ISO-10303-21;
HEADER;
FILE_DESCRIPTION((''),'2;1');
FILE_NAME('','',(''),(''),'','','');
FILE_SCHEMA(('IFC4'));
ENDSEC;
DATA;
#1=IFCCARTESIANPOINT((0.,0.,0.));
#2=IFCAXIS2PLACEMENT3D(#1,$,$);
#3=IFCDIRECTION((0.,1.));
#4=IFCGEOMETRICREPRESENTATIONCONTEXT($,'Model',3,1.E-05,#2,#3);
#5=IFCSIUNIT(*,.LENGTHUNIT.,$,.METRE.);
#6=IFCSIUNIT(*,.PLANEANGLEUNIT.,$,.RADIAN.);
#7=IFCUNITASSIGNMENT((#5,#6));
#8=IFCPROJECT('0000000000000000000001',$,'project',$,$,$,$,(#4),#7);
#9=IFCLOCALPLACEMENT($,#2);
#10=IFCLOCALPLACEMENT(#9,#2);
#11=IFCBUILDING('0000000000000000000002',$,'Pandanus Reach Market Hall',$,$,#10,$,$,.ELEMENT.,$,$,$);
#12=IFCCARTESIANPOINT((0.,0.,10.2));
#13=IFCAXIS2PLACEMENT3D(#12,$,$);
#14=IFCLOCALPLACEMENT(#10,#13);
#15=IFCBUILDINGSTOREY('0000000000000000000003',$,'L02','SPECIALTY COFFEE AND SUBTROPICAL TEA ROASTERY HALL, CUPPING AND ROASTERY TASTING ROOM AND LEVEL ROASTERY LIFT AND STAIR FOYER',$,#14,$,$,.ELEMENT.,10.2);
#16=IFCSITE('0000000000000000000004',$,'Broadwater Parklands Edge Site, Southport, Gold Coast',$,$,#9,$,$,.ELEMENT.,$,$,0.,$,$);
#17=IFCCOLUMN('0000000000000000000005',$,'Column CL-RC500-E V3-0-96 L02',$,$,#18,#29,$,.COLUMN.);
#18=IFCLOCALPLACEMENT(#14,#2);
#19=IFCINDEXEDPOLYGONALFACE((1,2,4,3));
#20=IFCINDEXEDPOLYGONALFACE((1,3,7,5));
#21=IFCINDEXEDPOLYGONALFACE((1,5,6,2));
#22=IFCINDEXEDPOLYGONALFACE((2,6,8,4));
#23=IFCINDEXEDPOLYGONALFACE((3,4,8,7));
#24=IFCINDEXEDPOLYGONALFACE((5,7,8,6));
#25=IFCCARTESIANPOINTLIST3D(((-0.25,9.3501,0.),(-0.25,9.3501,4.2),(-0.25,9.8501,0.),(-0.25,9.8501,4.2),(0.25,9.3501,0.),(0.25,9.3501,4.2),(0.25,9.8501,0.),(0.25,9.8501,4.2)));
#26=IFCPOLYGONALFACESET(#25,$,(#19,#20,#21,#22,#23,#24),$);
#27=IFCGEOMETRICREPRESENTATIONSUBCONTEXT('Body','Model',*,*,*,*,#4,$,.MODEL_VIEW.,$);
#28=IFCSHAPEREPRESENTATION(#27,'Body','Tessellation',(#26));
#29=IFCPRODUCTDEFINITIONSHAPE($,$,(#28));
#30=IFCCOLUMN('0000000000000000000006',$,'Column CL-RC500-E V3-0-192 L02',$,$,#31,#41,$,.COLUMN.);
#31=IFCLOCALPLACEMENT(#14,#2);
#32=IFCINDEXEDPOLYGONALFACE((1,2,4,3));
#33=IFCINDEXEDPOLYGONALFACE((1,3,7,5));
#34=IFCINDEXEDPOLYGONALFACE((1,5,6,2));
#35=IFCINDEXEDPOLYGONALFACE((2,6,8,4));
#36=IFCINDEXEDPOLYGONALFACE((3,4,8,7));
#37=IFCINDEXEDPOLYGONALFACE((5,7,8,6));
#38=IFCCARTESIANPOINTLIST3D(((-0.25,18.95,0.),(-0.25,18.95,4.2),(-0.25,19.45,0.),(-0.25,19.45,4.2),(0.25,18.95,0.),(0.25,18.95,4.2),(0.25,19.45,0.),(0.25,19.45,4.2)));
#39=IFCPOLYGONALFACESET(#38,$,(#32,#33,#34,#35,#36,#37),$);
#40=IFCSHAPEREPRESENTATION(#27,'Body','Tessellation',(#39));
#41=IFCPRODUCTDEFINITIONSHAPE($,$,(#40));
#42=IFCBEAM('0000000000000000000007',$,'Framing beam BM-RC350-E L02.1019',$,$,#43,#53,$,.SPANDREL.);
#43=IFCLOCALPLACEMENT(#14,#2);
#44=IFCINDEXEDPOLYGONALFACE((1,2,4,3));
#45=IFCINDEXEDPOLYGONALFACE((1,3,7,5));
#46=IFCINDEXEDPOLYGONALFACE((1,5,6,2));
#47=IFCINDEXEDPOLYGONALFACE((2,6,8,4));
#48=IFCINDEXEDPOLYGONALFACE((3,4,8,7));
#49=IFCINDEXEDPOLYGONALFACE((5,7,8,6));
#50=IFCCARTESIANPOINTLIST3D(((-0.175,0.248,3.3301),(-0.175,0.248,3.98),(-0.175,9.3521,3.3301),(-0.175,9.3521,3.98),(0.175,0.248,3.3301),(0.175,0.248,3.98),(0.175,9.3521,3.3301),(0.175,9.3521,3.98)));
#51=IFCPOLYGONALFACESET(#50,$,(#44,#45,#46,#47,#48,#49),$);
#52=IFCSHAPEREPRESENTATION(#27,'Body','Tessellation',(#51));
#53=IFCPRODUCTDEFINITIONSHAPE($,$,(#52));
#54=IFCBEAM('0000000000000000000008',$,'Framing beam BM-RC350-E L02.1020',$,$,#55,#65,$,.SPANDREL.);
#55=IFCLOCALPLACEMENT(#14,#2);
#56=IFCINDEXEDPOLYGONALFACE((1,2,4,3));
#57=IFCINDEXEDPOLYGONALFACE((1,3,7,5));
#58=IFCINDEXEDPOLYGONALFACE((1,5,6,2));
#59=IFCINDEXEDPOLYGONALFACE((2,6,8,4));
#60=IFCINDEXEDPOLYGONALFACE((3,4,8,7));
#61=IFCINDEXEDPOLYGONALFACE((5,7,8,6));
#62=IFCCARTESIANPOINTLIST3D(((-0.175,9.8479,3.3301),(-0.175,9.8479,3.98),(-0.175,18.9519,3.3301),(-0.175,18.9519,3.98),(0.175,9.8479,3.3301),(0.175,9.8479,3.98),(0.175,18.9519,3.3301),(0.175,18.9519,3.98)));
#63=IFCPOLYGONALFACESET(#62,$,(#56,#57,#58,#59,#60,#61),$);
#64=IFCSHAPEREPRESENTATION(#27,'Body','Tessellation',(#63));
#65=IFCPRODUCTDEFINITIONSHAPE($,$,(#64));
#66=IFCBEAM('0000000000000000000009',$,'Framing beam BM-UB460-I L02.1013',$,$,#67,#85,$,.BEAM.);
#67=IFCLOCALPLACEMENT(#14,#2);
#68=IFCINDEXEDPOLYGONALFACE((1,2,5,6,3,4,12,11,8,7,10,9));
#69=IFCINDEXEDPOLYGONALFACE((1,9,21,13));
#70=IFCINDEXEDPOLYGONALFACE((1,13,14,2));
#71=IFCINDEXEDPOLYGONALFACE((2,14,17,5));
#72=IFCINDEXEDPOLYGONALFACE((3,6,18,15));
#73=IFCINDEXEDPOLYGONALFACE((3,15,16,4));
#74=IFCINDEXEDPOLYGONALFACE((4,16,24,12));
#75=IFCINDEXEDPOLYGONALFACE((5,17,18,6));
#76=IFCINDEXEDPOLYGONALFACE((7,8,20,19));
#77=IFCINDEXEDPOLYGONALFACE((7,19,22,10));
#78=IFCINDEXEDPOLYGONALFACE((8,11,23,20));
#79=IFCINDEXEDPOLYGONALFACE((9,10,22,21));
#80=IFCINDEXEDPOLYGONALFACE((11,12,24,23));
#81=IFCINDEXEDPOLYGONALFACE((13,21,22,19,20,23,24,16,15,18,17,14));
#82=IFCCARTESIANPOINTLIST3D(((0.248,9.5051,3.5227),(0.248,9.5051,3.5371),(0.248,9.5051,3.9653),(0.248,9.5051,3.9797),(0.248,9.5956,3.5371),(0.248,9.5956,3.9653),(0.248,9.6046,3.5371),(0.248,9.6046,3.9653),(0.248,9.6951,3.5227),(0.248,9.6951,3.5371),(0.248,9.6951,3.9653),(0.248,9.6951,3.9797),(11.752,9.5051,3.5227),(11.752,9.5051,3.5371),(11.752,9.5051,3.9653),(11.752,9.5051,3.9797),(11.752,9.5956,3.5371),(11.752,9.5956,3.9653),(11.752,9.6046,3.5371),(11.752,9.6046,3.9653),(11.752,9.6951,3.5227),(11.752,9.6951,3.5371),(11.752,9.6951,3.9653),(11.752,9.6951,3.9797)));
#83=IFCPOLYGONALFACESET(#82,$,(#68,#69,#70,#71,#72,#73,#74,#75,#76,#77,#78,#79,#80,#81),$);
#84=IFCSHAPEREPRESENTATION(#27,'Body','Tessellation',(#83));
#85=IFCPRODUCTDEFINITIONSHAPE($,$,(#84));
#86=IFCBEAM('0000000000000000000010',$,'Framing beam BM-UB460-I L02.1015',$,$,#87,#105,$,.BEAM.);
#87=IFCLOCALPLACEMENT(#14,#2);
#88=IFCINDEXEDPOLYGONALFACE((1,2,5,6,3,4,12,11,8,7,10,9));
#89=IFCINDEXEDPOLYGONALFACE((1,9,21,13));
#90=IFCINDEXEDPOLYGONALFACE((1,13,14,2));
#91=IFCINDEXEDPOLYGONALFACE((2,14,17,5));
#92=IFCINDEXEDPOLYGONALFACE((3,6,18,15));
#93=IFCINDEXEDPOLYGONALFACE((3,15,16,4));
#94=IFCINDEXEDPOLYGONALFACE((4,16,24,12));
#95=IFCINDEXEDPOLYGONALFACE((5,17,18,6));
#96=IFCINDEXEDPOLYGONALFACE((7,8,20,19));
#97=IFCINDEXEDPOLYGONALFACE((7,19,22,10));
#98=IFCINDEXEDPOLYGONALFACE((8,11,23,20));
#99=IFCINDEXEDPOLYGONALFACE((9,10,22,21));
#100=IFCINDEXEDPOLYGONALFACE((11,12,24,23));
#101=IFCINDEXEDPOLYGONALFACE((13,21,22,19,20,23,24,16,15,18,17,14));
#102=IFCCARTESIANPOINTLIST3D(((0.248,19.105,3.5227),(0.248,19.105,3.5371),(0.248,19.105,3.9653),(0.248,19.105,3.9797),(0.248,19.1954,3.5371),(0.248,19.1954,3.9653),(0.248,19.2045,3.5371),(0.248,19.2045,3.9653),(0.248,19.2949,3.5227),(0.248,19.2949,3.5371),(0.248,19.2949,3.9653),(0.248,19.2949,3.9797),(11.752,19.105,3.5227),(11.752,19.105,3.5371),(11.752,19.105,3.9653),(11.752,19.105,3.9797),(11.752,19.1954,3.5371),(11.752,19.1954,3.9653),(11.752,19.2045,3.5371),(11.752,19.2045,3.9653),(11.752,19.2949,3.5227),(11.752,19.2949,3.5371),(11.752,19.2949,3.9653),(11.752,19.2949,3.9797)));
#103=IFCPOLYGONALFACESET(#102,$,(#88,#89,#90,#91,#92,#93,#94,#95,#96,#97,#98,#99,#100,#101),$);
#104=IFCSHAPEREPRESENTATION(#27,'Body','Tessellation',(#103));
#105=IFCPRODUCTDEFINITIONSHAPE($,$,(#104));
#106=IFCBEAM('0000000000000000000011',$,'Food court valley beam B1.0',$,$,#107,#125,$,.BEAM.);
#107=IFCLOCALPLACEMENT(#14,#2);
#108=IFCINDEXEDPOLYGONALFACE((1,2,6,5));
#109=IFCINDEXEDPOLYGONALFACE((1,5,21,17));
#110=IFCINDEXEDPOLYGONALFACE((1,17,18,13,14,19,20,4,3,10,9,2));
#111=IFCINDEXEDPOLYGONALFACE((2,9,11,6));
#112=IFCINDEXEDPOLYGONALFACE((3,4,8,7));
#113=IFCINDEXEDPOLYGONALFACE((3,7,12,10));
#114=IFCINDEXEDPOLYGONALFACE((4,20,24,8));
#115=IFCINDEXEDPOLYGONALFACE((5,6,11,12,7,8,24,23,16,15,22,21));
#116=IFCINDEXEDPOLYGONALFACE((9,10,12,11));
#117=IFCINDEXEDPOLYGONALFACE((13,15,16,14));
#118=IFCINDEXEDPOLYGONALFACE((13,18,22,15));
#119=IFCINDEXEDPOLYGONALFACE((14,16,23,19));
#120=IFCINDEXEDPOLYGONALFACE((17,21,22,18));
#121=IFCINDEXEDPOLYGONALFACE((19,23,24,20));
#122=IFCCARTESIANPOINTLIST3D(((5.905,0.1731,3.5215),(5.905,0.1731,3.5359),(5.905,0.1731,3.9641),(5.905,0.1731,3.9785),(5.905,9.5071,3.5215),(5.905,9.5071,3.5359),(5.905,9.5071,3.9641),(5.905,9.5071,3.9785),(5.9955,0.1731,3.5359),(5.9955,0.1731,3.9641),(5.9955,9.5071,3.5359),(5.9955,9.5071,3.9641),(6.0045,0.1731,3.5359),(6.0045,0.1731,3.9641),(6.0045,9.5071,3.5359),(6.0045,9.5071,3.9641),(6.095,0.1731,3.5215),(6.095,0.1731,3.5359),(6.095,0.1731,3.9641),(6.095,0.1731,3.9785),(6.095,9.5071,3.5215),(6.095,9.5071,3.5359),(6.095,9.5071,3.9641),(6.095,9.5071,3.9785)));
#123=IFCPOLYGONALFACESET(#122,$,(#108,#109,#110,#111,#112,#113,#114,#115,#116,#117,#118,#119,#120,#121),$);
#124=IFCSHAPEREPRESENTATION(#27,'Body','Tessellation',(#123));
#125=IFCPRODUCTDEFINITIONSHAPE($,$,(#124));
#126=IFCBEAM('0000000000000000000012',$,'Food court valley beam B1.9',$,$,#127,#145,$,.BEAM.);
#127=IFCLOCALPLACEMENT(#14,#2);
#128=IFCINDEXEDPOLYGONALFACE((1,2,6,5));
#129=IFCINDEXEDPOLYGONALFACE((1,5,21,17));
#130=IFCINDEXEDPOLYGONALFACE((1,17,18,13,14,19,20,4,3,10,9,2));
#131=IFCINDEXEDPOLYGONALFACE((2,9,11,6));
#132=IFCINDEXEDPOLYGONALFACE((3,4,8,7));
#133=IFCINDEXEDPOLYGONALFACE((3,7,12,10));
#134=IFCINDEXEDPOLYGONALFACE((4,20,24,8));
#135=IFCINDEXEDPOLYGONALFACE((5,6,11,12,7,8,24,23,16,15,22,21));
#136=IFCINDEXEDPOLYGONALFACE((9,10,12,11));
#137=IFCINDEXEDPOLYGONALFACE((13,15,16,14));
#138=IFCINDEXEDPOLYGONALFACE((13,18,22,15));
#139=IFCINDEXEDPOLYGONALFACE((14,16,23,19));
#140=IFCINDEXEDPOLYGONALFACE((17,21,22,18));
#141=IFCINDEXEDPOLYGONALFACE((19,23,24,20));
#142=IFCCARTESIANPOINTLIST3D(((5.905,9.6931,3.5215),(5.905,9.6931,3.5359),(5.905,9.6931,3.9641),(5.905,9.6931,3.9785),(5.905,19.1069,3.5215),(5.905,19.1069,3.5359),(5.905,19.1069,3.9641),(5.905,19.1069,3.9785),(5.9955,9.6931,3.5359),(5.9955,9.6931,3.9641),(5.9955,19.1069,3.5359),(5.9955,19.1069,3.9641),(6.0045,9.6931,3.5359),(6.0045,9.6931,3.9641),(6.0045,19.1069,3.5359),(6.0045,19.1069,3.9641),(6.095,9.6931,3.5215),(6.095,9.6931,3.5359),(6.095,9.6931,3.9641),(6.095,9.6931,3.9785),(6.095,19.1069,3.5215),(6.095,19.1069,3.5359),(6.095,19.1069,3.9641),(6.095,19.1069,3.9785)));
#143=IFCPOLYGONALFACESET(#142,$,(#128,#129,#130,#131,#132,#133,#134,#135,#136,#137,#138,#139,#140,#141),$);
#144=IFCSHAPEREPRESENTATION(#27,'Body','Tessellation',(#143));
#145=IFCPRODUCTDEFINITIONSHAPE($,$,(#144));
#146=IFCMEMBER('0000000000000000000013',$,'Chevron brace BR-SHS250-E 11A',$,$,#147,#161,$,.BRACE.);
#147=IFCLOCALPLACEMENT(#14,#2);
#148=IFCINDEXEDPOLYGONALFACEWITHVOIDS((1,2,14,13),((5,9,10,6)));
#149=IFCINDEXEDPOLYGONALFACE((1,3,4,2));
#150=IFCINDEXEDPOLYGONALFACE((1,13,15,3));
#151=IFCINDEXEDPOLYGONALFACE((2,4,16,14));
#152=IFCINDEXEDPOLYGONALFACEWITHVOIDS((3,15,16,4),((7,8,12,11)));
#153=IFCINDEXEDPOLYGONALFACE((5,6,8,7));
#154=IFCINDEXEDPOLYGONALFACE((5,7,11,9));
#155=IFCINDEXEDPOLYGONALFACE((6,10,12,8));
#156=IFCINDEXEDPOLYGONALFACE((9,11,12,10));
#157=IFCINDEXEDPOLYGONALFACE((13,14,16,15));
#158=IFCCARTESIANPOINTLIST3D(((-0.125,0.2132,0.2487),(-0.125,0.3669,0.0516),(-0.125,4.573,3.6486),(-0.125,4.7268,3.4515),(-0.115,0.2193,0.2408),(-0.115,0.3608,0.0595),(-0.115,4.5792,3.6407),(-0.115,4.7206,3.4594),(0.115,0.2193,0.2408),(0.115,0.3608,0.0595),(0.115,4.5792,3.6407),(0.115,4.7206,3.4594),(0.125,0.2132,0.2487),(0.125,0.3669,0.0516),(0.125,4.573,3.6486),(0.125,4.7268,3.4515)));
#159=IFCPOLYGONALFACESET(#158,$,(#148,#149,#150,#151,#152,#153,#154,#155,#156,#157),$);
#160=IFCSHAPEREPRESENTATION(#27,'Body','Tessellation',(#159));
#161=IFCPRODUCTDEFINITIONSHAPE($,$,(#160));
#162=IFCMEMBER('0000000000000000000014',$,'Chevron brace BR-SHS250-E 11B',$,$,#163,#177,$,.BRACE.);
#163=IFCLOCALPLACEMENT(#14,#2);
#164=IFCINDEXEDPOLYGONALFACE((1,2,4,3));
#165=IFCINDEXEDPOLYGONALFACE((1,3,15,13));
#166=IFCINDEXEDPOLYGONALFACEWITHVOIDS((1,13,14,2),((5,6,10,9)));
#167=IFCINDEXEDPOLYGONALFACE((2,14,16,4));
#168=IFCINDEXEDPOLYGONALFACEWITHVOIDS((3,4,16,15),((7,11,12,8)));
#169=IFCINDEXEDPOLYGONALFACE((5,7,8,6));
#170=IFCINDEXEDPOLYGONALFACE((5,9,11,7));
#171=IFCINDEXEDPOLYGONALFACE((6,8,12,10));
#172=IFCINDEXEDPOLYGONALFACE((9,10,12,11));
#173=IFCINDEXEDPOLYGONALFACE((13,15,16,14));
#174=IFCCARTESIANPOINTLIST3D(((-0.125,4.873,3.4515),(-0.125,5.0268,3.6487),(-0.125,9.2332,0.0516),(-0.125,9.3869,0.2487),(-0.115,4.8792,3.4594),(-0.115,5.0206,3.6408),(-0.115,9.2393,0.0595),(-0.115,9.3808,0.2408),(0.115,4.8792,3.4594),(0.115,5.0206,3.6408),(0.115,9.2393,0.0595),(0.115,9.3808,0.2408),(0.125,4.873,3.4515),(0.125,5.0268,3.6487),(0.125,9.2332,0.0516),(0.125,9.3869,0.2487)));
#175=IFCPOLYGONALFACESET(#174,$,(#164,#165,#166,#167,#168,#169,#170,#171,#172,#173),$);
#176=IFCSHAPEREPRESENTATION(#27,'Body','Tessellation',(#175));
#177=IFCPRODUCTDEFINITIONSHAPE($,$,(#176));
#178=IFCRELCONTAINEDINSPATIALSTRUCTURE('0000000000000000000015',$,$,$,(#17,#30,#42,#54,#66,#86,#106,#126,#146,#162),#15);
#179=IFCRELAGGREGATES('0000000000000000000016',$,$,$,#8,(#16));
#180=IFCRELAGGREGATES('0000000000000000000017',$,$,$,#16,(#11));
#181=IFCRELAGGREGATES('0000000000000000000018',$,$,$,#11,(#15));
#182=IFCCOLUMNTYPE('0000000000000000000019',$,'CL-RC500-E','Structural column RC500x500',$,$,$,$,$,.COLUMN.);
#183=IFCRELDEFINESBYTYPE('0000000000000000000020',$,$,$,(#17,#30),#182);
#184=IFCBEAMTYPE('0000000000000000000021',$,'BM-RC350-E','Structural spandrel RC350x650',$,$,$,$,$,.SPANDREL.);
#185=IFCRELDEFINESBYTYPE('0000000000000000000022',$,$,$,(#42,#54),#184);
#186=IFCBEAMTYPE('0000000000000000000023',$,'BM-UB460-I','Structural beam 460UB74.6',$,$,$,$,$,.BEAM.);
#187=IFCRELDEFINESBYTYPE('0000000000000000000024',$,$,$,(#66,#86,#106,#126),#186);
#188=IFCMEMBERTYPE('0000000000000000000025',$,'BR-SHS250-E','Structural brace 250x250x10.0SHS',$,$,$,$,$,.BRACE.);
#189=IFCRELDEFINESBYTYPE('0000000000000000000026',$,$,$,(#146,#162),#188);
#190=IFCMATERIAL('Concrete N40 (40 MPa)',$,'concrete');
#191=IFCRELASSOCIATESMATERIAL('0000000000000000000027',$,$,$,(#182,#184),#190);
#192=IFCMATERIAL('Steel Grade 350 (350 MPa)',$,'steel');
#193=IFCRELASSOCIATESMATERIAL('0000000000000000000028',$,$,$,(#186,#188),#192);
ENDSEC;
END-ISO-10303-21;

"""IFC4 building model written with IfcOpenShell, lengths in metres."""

from ifc_helpers import new_model, si_unit, direction, frame, origin, origin_2d, place, context, subcontext, project, spatial, rectangle, hollow_rectangle, i_section, extrude, material, material_profile, profile_set, type_object, element, save


model = new_model("IFC4")

# Units and contexts
model_context = context("Model", 3, precision=1e-05, world=origin(), true_north=direction((0.0, 1.0)))
body_context = subcontext(model_context, "Body", "Model", "MODEL_VIEW")
ifc_project = project(units=[si_unit("LENGTHUNIT", "METRE"), si_unit("PLANEANGLEUNIT", "RADIAN")], contexts=[model_context])

# Site, building, storey
site_placement = place(None, origin())
site = spatial("IfcSite", under=ifc_project, at=site_placement, Name="Broadwater Parklands Edge Site, Southport, Gold Coast", CompositionType="ELEMENT", RefElevation=0.0)
building_placement = place(site_placement, origin())
building = spatial("IfcBuilding", under=site, at=building_placement, Name="Pandanus Reach Market Hall", CompositionType="ELEMENT")
storey_placement = place(building_placement, frame((0.0, 0.0, 10.2)))
storey = spatial("IfcBuildingStorey", under=building, at=storey_placement, Name="L02", Description="SPECIALTY COFFEE AND SUBTROPICAL TEA ROASTERY HALL, CUPPING AND ROASTERY TASTING ROOM AND LEVEL ROASTERY LIFT AND STAIR FOYER", CompositionType="ELEMENT", Elevation=10.2)

# Columns
ifc_material_1 = material(Name="Concrete N40 (40 MPa)", Category="concrete")
ifc_material_profile_1 = material_profile(ifc_material_1, rectangle(XDim=0.5, YDim=0.5, at=origin_2d()), Name="RC500x500", Category="LoadBearing")
ifc_profile_set_1 = profile_set([ifc_material_profile_1], Name="Concrete N40 (40 MPa)")
column_type = type_object("IfcColumnType", Name="CL-RC500-E", Description="Structural column RC500x500", PredefinedType="COLUMN", material=ifc_profile_set_1)
for number, where, z_axis, x_axis, name in (
    (1, (0.0, 9.6001, 0.0), (0.0, 0.0, 1.0), (1.0, 0.0, 0.0), "Column CL-RC500-E V3-0-96 L02"),
    (2, (0.0, 19.2, 0.0), (0.0, 0.0, 1.0), (1.0, 0.0, 0.0), "Column CL-RC500-E V3-0-192 L02"),
):
    element("IfcColumn", number, at=place(storey_placement, frame(where, z_axis=z_axis, x_axis=x_axis)), inside=storey, type_object=column_type, Name=name, PredefinedType="COLUMN", context=body_context, shape_type="SweptSolid", body=[
        extrude(rectangle(XDim=0.5, YDim=0.5, at=origin_2d()), origin(), (0.0, 0.0, 1.0), 4.2),
    ])

# Beams
ifc_material_profile_2 = material_profile(ifc_material_1, rectangle(XDim=0.3501, YDim=0.6499, at=origin_2d()), Name="RC350x650", Category="LoadBearing")
ifc_profile_set_2 = profile_set([ifc_material_profile_2], Name="Concrete N40 (40 MPa)")
beam_type_1 = type_object("IfcBeamType", Name="BM-RC350-E", Description="Structural spandrel RC350x650", PredefinedType="SPANDREL", material=ifc_profile_set_2)
for number, where, z_axis, x_axis, name in (
    (3, (0.0, 0.248, 3.655), (0.0, 1.0, 0.0), (-1.0, 0.0, 0.0), "Framing beam BM-RC350-E L02.1019"),
    (4, (0.0, 9.8479, 3.655), (0.0, 1.0, 0.0), (-1.0, 0.0, 0.0), "Framing beam BM-RC350-E L02.1020"),
):
    element("IfcBeam", number, at=place(storey_placement, frame(where, z_axis=z_axis, x_axis=x_axis)), inside=storey, type_object=beam_type_1, Name=name, PredefinedType="SPANDREL", context=body_context, shape_type="SweptSolid", body=[
        extrude(rectangle(XDim=0.3501, YDim=0.6499, at=origin_2d()), origin(), (0.0, 0.0, 1.0), 9.104),
    ])
ifc_material_2 = material(Name="Steel Grade 350 (350 MPa)", Category="steel")
ifc_material_profile_3 = material_profile(ifc_material_2, i_section(OverallWidth=0.1899, OverallDepth=0.457, WebThickness=0.009, FlangeThickness=0.0144, at=origin_2d()), Name="460UB74.6", Category="LoadBearing")
ifc_profile_set_3 = profile_set([ifc_material_profile_3], Name="Steel Grade 350 (350 MPa)")
beam_type_2 = type_object("IfcBeamType", Name="BM-UB460-I", Description="Structural beam 460UB74.6", PredefinedType="BEAM", material=ifc_profile_set_3)
for number, where, z_axis, x_axis, name in (
    (5, (0.248, 9.6001, 3.7512), (1.0, 0.0, 0.0), (0.0, 1.0, 0.0), "Framing beam BM-UB460-I L02.1013"),
    (6, (0.248, 19.2, 3.7512), (1.0, 0.0, 0.0), (0.0, 1.0, 0.0), "Framing beam BM-UB460-I L02.1015"),
):
    element("IfcBeam", number, at=place(storey_placement, frame(where, z_axis=z_axis, x_axis=x_axis)), inside=storey, type_object=beam_type_2, Name=name, PredefinedType="BEAM", context=body_context, shape_type="SweptSolid", body=[
        extrude(i_section(OverallWidth=0.1899, OverallDepth=0.457, WebThickness=0.009, FlangeThickness=0.0144, at=origin_2d()), origin(), (0.0, 0.0, 1.0), 11.5039),
    ])
beam_1_placement = place(storey_placement, frame((6.0, 0.1731, 3.75), z_axis=(0.0, 1.0, 0.0), x_axis=(-1.0, 0.0, 0.0)))
element("IfcBeam", 7, at=beam_1_placement, inside=storey, type_object=beam_type_2, Name="Food court valley beam B1.0", PredefinedType="BEAM", context=body_context, shape_type="SweptSolid", body=[
    extrude(i_section(OverallWidth=0.1899, OverallDepth=0.457, WebThickness=0.009, FlangeThickness=0.0144, at=origin_2d()), origin(), (0.0, 0.0, 1.0), 9.334),
])
beam_2_placement = place(storey_placement, frame((6.0, 9.6931, 3.75), z_axis=(0.0, 1.0, 0.0), x_axis=(-1.0, 0.0, 0.0)))
element("IfcBeam", 8, at=beam_2_placement, inside=storey, type_object=beam_type_2, Name="Food court valley beam B1.9", PredefinedType="BEAM", context=body_context, shape_type="SweptSolid", body=[
    extrude(i_section(OverallWidth=0.1899, OverallDepth=0.457, WebThickness=0.009, FlangeThickness=0.0144, at=origin_2d()), origin(), (0.0, 0.0, 1.0), 9.4138),
])

# Members
ifc_material_profile_4 = material_profile(ifc_material_2, hollow_rectangle(XDim=0.25, YDim=0.25, WallThickness=0.01, at=origin_2d()), Name="250x250x10.0SHS", Category="LoadBearing")
ifc_profile_set_4 = profile_set([ifc_material_profile_4], Name="Steel Grade 350 (350 MPa)")
member_type = type_object("IfcMemberType", Name="BR-SHS250-E", Description="Structural brace 250x250x10.0SHS", PredefinedType="BRACE", material=ifc_profile_set_4)
member_1_placement = place(storey_placement, frame((0.0, 0.29, 0.1501), z_axis=(0.0, 0.788572, 0.614943), x_axis=(-1.0, 0.0, 0.0)))
element("IfcMember", 9, at=member_1_placement, inside=storey, type_object=member_type, Name="Chevron brace BR-SHS250-E 11A", PredefinedType="BRACE", context=body_context, shape_type="SweptSolid", body=[
    extrude(hollow_rectangle(XDim=0.25, YDim=0.25, WallThickness=0.01, at=origin_2d()), origin(), (0.0, 0.0, 1.0), 5.5288),
])
member_2_placement = place(storey_placement, frame((0.0, 9.3101, 0.1501), z_axis=(0.0, -0.788588, 0.614921), x_axis=(1.0, 0.0, 0.0)))
element("IfcMember", 10, at=member_2_placement, inside=storey, type_object=member_type, Name="Chevron brace BR-SHS250-E 11B", PredefinedType="BRACE", context=body_context, shape_type="SweptSolid", body=[
    extrude(hollow_rectangle(XDim=0.25, YDim=0.25, WallThickness=0.01, at=origin_2d()), origin(), (0.0, 0.0, 1.0), 5.5291),
])

save(model, "model.ifc")
